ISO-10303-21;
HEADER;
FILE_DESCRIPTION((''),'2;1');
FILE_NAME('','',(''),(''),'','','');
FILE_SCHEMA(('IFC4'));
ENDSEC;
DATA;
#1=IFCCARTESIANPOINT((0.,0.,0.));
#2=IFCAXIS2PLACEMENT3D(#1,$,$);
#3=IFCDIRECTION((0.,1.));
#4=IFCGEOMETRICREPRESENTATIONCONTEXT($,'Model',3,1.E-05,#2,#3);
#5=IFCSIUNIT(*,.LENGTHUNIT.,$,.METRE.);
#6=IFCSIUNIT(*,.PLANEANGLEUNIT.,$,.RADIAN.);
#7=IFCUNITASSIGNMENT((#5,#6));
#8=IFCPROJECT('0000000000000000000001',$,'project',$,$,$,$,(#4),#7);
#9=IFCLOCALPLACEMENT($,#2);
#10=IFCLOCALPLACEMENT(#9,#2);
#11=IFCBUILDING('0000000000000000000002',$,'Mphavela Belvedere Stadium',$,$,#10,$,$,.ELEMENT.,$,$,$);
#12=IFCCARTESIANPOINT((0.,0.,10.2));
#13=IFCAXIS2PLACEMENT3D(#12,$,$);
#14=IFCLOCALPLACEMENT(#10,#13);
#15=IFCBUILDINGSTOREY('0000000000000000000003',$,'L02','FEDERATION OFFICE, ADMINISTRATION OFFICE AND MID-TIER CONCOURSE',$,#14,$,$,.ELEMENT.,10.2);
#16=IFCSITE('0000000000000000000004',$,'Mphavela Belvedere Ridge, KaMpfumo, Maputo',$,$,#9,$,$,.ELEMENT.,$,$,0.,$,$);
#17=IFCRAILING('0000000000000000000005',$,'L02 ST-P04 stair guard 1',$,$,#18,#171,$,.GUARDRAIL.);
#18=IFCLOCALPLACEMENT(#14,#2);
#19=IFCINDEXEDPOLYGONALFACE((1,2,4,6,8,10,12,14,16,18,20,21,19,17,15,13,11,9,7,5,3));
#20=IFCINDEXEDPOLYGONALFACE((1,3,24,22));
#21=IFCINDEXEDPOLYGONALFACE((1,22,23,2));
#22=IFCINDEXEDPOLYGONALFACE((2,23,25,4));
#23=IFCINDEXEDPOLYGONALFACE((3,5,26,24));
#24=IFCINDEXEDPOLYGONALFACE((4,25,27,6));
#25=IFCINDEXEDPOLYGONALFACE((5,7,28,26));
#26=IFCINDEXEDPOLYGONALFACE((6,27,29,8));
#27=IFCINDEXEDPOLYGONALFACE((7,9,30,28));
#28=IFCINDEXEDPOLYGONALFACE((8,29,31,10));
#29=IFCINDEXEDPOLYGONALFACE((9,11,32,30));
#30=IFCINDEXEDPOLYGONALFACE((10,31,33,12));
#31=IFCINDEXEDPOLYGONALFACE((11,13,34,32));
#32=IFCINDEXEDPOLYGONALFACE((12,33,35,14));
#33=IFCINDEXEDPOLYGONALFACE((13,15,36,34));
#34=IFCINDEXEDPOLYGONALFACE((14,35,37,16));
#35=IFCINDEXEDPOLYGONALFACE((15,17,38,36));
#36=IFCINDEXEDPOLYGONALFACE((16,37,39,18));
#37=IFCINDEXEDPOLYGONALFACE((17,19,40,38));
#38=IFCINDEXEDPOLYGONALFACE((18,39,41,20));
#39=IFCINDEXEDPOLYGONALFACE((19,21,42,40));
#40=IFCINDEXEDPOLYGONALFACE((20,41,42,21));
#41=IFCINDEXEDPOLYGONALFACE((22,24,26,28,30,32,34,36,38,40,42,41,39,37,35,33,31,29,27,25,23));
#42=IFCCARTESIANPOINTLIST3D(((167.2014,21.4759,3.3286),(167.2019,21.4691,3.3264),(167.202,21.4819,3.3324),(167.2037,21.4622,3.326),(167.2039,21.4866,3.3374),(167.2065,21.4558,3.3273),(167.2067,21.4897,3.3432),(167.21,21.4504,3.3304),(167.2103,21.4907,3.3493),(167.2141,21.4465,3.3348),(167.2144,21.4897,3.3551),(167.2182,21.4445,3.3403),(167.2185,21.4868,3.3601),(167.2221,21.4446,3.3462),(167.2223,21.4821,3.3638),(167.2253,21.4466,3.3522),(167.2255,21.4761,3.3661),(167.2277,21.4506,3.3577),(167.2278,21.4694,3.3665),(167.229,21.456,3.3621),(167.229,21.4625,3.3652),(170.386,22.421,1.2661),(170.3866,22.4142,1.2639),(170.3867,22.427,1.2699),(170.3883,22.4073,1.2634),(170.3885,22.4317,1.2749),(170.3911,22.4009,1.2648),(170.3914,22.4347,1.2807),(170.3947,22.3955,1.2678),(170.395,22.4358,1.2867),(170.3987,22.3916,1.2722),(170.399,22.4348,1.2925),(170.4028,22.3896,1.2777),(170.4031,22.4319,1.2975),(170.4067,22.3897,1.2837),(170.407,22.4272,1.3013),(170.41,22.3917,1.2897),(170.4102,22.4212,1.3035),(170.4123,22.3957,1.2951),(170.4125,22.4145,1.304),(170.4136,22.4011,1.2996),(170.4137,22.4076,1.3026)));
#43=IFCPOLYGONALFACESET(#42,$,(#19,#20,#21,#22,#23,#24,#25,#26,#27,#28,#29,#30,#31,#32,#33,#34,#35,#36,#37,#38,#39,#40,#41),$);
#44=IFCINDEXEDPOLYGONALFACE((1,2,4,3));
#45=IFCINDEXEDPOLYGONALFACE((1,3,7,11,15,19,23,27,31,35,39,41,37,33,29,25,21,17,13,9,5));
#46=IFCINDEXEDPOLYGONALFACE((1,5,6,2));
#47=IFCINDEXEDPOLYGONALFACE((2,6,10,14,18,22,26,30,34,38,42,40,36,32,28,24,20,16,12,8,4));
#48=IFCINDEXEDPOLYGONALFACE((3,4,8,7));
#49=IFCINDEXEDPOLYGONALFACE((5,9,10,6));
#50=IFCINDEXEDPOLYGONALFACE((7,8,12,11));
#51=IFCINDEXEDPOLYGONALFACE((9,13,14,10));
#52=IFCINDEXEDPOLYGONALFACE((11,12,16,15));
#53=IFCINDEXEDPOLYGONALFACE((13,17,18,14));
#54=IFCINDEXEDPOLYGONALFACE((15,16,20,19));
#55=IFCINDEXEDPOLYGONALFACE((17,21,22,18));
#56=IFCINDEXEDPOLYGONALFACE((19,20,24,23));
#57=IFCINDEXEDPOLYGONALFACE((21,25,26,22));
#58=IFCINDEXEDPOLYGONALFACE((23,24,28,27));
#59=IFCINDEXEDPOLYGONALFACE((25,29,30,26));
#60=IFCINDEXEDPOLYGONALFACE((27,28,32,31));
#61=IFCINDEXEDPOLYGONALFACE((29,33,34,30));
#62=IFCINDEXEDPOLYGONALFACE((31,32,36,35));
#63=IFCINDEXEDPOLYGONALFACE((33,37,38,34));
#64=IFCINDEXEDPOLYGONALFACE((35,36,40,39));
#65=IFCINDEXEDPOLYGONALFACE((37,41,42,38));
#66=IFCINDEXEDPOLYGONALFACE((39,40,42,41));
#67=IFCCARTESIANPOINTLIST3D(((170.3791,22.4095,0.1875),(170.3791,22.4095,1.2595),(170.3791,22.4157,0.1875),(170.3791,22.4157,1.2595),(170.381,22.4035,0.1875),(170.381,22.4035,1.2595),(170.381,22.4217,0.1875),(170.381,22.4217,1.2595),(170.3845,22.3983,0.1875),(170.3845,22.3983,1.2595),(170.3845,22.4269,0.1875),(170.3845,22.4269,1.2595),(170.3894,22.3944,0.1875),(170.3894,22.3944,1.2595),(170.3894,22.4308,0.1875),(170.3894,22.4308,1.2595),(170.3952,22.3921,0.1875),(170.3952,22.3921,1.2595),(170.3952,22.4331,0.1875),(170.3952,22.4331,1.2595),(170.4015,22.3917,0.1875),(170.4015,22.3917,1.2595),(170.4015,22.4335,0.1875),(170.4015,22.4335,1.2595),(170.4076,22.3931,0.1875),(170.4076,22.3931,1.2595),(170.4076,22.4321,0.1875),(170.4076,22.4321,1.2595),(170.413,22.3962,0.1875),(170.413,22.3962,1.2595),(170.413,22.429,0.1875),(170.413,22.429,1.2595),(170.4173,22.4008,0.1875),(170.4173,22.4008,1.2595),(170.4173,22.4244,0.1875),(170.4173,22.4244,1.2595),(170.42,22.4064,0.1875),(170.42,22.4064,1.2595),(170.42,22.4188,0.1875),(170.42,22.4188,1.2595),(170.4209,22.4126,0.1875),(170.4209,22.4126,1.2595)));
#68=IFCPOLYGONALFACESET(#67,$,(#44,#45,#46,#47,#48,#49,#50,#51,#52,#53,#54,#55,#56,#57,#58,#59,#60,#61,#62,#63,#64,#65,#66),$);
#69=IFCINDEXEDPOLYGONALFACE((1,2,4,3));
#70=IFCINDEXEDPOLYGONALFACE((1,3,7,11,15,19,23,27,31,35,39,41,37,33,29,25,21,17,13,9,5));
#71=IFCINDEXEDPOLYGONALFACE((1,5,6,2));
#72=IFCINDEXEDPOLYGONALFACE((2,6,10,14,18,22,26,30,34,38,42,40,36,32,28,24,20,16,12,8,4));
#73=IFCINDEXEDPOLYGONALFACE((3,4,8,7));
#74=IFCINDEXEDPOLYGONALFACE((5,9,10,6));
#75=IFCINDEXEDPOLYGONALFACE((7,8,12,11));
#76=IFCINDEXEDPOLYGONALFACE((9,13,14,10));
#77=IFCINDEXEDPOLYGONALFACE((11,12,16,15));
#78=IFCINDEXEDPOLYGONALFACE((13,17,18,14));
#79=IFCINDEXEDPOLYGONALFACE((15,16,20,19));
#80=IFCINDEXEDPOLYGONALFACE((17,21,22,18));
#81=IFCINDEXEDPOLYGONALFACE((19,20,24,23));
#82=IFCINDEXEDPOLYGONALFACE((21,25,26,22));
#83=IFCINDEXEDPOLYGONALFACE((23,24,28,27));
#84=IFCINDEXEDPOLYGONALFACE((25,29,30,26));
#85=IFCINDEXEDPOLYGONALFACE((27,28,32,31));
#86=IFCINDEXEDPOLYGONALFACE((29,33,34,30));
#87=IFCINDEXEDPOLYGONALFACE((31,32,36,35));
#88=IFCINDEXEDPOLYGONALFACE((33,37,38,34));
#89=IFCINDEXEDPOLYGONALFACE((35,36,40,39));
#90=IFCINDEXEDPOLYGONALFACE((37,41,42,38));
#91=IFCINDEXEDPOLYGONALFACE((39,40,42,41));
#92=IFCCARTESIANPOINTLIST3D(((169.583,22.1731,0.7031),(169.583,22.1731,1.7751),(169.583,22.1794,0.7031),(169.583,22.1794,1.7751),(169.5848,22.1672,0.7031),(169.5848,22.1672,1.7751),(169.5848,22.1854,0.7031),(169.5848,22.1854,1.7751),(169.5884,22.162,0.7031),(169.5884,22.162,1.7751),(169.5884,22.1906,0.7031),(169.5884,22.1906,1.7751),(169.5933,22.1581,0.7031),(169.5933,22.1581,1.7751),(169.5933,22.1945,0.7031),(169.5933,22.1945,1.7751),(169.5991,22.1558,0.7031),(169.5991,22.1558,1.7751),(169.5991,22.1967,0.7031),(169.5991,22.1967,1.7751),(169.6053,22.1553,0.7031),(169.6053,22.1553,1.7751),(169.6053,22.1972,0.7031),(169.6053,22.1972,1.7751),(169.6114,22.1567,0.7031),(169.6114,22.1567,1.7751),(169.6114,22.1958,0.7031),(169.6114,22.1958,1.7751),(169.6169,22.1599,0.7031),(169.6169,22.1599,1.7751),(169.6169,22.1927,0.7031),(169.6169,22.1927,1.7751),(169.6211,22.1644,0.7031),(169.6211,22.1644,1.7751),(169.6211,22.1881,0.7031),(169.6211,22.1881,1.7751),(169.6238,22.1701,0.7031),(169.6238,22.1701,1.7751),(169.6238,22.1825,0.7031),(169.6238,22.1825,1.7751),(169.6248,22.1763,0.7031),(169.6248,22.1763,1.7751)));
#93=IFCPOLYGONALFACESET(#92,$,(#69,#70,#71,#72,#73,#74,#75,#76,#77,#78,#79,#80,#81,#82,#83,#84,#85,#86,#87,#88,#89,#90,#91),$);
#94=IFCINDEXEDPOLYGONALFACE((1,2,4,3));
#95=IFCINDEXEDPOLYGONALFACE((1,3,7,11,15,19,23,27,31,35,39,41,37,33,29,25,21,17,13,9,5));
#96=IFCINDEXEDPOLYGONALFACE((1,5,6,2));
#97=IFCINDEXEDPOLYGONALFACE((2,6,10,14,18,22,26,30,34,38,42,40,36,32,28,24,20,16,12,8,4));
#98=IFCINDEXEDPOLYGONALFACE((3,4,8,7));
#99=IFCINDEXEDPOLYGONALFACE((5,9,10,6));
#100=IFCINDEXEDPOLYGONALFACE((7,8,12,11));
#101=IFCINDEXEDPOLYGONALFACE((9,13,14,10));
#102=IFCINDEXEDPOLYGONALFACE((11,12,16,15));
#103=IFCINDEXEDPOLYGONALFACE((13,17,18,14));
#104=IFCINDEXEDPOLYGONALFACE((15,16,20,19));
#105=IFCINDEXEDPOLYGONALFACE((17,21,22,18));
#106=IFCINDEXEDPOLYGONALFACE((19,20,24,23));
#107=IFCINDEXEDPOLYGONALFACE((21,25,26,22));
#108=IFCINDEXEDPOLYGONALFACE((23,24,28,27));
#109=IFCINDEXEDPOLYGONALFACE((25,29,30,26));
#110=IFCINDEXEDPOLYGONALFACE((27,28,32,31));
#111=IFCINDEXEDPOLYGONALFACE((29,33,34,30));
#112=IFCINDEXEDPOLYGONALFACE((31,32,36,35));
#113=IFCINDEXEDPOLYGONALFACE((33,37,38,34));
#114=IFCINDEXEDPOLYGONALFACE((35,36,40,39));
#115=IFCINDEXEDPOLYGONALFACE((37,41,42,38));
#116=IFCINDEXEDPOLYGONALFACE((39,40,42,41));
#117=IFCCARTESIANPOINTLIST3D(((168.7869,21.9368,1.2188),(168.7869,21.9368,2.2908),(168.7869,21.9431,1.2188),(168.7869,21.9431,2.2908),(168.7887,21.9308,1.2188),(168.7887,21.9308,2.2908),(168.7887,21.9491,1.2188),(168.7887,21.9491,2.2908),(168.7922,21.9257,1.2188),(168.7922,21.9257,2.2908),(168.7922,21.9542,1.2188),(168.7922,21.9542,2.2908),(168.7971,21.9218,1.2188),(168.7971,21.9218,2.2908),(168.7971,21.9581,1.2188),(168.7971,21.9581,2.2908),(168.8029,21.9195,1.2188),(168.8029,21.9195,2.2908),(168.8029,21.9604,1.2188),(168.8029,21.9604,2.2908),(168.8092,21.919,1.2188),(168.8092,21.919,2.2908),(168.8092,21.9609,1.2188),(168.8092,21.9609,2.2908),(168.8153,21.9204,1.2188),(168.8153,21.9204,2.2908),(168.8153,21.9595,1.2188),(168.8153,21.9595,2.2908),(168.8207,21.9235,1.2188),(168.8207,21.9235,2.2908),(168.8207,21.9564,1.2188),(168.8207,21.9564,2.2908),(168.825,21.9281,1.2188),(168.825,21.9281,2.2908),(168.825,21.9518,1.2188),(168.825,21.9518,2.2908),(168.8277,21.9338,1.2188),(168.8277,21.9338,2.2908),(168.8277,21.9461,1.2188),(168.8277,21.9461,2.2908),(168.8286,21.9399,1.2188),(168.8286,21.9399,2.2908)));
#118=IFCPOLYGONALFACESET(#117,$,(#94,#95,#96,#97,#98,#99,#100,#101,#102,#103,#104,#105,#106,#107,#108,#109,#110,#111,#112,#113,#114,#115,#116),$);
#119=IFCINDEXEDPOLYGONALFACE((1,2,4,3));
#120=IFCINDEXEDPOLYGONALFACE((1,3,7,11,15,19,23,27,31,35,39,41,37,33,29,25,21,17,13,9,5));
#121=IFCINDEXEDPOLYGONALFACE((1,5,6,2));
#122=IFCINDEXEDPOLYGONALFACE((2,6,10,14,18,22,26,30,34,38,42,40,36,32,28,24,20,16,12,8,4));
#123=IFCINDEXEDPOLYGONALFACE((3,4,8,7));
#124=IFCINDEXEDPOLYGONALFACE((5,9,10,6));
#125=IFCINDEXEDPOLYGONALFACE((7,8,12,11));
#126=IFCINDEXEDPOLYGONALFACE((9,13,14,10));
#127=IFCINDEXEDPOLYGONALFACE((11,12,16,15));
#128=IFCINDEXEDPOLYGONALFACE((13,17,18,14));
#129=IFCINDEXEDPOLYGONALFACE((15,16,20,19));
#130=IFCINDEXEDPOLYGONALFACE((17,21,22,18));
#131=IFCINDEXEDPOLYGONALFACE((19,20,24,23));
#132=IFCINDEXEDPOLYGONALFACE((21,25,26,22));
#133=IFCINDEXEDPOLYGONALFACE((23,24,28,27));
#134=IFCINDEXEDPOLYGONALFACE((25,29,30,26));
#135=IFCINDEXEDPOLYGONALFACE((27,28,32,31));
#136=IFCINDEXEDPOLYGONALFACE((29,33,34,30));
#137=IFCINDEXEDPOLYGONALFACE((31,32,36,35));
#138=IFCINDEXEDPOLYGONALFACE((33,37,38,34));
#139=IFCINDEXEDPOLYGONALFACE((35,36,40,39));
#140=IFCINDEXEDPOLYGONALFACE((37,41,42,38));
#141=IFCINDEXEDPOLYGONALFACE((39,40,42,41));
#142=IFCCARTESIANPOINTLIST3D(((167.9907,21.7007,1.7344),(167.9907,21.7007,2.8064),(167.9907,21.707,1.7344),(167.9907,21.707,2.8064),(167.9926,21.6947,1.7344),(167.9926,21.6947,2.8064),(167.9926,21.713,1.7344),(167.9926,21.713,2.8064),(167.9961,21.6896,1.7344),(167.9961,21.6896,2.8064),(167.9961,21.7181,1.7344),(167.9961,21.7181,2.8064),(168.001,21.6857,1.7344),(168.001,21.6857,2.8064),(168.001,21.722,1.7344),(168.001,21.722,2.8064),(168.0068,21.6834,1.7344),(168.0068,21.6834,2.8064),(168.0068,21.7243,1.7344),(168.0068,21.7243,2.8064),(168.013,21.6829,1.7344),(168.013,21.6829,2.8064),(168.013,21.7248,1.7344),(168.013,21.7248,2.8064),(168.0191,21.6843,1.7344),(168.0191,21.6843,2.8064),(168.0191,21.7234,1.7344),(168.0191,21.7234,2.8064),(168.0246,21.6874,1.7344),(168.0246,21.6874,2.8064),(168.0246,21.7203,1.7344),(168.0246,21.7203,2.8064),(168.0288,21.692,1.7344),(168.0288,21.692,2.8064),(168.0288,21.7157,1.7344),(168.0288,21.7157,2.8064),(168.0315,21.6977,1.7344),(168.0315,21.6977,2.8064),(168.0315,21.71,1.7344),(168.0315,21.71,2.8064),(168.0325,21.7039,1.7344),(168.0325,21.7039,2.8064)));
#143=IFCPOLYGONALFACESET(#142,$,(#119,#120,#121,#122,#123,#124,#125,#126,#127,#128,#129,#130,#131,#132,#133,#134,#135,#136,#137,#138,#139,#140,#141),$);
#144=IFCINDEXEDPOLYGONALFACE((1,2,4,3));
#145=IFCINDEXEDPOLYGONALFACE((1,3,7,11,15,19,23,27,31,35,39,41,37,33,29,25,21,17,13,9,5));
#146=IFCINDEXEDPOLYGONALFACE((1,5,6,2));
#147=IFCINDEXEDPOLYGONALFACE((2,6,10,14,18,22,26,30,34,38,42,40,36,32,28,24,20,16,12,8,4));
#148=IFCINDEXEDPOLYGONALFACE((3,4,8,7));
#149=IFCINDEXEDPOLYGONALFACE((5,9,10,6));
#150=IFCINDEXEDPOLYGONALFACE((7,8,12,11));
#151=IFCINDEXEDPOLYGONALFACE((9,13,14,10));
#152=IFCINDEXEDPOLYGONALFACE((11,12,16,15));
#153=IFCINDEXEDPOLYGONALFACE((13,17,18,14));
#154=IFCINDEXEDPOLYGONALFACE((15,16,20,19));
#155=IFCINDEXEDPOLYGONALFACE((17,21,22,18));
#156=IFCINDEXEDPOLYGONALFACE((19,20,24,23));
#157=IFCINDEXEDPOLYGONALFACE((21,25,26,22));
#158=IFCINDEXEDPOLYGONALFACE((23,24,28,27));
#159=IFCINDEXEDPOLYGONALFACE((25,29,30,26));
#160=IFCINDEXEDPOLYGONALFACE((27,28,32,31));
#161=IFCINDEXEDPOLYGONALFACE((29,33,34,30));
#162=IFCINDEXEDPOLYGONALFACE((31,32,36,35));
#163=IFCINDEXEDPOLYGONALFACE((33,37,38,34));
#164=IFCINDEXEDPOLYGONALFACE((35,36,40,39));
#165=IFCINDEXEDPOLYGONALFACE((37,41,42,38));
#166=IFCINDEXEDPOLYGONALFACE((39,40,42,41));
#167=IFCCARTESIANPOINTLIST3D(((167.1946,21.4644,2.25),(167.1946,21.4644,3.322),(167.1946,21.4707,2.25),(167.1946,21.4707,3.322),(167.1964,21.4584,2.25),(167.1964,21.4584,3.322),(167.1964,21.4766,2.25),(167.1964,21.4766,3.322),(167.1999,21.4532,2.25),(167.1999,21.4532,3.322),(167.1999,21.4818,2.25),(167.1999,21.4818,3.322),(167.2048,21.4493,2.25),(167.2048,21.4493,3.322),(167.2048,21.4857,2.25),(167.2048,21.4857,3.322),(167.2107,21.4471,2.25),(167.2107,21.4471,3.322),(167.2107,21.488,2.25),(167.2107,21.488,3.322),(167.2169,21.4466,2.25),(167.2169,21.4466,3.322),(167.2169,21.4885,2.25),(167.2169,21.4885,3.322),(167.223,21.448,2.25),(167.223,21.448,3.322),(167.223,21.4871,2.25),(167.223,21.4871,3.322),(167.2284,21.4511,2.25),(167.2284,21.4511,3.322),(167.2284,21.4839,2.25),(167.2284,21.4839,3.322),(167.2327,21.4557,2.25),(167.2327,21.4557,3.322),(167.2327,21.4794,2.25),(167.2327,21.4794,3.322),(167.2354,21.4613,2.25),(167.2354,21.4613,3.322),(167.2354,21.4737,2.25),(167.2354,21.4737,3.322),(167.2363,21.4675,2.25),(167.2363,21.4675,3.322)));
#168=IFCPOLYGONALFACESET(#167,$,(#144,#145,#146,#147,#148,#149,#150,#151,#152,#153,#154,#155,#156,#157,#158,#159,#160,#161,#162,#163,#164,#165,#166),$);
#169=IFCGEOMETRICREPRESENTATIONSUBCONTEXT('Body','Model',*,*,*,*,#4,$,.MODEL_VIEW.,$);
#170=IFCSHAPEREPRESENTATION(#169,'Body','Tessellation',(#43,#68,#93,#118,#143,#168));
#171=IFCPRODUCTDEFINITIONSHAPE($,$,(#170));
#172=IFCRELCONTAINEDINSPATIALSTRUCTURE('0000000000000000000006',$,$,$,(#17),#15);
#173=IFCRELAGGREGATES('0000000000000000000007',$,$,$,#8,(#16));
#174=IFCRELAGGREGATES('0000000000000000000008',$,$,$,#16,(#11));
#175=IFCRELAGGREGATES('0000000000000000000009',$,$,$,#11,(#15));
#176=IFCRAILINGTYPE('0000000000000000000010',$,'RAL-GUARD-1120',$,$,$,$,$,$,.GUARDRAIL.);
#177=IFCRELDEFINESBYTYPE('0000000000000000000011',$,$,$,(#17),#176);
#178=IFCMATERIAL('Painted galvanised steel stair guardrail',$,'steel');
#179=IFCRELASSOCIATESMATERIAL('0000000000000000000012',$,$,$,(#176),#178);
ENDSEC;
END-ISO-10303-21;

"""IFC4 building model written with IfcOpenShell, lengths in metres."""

from ifc_helpers import new_model, si_unit, direction, frame, origin, origin_2d, place, context, subcontext, project, spatial, circle, extrude, material, type_object, element, save


model = new_model("IFC4")

# Units and contexts
model_context = context("Model", 3, precision=1e-05, world=origin(), true_north=direction((0.0, 1.0)))
body_context = subcontext(model_context, "Body", "Model", "MODEL_VIEW")
ifc_project = project(units=[si_unit("LENGTHUNIT", "METRE"), si_unit("PLANEANGLEUNIT", "RADIAN")], contexts=[model_context])

# Site, building, storey
site_placement = place(None, origin())
site = spatial("IfcSite", under=ifc_project, at=site_placement, Name="Mphavela Belvedere Ridge, KaMpfumo, Maputo", CompositionType="ELEMENT", RefElevation=0.0)
building_placement = place(site_placement, origin())
building = spatial("IfcBuilding", under=site, at=building_placement, Name="Mphavela Belvedere Stadium", CompositionType="ELEMENT")
storey_placement = place(building_placement, frame((0.0, 0.0, 10.2)))
storey = spatial("IfcBuildingStorey", under=building, at=storey_placement, Name="L02", Description="FEDERATION OFFICE, ADMINISTRATION OFFICE AND MID-TIER CONCOURSE", CompositionType="ELEMENT", Elevation=10.2)

# Railing
ifc_material_1 = material(Name="Painted galvanised steel stair guardrail", Category="steel")
railing_type_1 = type_object("IfcRailingType", Name="RAL-GUARD-1120", PredefinedType="GUARDRAIL", material=ifc_material_1)
railing_1_placement = place(storey_placement, frame((170.3999, 22.4126, 0.1875)))
element("IfcRailing", 1, at=railing_1_placement, inside=storey, type_object=railing_type_1, Name="L02 ST-P04 stair guard 1", PredefinedType="GUARDRAIL", context=body_context, shape_type="SweptSolid", body=[
    extrude(circle(Radius=0.0239, at=origin_2d()), frame((0.0, 0.0, 1.0962), z_axis=(-0.814456, -0.241702, 0.527486), x_axis=(0.284501, -0.958676, 0.0)), (0.0, 0.0, 1.0), 3.9102),
    extrude(circle(Radius=0.021, at=origin_2d()), origin(), (0.0, 0.0, 1.0), 1.072),
    extrude(circle(Radius=0.021, at=origin_2d()), frame((-0.7961, -0.2363, 0.5156)), (0.0, 0.0, 1.0), 1.072),
    extrude(circle(Radius=0.021, at=origin_2d()), frame((-1.5923, -0.4727, 1.0312)), (0.0, 0.0, 1.0), 1.072),
    extrude(circle(Radius=0.021, at=origin_2d()), frame((-2.3884, -0.7087, 1.5469)), (0.0, 0.0, 1.0), 1.072),
    extrude(circle(Radius=0.021, at=origin_2d()), frame((-3.1846, -0.9451, 2.0625)), (0.0, 0.0, 1.0), 1.072),
])

save(model, "model.ifc")
